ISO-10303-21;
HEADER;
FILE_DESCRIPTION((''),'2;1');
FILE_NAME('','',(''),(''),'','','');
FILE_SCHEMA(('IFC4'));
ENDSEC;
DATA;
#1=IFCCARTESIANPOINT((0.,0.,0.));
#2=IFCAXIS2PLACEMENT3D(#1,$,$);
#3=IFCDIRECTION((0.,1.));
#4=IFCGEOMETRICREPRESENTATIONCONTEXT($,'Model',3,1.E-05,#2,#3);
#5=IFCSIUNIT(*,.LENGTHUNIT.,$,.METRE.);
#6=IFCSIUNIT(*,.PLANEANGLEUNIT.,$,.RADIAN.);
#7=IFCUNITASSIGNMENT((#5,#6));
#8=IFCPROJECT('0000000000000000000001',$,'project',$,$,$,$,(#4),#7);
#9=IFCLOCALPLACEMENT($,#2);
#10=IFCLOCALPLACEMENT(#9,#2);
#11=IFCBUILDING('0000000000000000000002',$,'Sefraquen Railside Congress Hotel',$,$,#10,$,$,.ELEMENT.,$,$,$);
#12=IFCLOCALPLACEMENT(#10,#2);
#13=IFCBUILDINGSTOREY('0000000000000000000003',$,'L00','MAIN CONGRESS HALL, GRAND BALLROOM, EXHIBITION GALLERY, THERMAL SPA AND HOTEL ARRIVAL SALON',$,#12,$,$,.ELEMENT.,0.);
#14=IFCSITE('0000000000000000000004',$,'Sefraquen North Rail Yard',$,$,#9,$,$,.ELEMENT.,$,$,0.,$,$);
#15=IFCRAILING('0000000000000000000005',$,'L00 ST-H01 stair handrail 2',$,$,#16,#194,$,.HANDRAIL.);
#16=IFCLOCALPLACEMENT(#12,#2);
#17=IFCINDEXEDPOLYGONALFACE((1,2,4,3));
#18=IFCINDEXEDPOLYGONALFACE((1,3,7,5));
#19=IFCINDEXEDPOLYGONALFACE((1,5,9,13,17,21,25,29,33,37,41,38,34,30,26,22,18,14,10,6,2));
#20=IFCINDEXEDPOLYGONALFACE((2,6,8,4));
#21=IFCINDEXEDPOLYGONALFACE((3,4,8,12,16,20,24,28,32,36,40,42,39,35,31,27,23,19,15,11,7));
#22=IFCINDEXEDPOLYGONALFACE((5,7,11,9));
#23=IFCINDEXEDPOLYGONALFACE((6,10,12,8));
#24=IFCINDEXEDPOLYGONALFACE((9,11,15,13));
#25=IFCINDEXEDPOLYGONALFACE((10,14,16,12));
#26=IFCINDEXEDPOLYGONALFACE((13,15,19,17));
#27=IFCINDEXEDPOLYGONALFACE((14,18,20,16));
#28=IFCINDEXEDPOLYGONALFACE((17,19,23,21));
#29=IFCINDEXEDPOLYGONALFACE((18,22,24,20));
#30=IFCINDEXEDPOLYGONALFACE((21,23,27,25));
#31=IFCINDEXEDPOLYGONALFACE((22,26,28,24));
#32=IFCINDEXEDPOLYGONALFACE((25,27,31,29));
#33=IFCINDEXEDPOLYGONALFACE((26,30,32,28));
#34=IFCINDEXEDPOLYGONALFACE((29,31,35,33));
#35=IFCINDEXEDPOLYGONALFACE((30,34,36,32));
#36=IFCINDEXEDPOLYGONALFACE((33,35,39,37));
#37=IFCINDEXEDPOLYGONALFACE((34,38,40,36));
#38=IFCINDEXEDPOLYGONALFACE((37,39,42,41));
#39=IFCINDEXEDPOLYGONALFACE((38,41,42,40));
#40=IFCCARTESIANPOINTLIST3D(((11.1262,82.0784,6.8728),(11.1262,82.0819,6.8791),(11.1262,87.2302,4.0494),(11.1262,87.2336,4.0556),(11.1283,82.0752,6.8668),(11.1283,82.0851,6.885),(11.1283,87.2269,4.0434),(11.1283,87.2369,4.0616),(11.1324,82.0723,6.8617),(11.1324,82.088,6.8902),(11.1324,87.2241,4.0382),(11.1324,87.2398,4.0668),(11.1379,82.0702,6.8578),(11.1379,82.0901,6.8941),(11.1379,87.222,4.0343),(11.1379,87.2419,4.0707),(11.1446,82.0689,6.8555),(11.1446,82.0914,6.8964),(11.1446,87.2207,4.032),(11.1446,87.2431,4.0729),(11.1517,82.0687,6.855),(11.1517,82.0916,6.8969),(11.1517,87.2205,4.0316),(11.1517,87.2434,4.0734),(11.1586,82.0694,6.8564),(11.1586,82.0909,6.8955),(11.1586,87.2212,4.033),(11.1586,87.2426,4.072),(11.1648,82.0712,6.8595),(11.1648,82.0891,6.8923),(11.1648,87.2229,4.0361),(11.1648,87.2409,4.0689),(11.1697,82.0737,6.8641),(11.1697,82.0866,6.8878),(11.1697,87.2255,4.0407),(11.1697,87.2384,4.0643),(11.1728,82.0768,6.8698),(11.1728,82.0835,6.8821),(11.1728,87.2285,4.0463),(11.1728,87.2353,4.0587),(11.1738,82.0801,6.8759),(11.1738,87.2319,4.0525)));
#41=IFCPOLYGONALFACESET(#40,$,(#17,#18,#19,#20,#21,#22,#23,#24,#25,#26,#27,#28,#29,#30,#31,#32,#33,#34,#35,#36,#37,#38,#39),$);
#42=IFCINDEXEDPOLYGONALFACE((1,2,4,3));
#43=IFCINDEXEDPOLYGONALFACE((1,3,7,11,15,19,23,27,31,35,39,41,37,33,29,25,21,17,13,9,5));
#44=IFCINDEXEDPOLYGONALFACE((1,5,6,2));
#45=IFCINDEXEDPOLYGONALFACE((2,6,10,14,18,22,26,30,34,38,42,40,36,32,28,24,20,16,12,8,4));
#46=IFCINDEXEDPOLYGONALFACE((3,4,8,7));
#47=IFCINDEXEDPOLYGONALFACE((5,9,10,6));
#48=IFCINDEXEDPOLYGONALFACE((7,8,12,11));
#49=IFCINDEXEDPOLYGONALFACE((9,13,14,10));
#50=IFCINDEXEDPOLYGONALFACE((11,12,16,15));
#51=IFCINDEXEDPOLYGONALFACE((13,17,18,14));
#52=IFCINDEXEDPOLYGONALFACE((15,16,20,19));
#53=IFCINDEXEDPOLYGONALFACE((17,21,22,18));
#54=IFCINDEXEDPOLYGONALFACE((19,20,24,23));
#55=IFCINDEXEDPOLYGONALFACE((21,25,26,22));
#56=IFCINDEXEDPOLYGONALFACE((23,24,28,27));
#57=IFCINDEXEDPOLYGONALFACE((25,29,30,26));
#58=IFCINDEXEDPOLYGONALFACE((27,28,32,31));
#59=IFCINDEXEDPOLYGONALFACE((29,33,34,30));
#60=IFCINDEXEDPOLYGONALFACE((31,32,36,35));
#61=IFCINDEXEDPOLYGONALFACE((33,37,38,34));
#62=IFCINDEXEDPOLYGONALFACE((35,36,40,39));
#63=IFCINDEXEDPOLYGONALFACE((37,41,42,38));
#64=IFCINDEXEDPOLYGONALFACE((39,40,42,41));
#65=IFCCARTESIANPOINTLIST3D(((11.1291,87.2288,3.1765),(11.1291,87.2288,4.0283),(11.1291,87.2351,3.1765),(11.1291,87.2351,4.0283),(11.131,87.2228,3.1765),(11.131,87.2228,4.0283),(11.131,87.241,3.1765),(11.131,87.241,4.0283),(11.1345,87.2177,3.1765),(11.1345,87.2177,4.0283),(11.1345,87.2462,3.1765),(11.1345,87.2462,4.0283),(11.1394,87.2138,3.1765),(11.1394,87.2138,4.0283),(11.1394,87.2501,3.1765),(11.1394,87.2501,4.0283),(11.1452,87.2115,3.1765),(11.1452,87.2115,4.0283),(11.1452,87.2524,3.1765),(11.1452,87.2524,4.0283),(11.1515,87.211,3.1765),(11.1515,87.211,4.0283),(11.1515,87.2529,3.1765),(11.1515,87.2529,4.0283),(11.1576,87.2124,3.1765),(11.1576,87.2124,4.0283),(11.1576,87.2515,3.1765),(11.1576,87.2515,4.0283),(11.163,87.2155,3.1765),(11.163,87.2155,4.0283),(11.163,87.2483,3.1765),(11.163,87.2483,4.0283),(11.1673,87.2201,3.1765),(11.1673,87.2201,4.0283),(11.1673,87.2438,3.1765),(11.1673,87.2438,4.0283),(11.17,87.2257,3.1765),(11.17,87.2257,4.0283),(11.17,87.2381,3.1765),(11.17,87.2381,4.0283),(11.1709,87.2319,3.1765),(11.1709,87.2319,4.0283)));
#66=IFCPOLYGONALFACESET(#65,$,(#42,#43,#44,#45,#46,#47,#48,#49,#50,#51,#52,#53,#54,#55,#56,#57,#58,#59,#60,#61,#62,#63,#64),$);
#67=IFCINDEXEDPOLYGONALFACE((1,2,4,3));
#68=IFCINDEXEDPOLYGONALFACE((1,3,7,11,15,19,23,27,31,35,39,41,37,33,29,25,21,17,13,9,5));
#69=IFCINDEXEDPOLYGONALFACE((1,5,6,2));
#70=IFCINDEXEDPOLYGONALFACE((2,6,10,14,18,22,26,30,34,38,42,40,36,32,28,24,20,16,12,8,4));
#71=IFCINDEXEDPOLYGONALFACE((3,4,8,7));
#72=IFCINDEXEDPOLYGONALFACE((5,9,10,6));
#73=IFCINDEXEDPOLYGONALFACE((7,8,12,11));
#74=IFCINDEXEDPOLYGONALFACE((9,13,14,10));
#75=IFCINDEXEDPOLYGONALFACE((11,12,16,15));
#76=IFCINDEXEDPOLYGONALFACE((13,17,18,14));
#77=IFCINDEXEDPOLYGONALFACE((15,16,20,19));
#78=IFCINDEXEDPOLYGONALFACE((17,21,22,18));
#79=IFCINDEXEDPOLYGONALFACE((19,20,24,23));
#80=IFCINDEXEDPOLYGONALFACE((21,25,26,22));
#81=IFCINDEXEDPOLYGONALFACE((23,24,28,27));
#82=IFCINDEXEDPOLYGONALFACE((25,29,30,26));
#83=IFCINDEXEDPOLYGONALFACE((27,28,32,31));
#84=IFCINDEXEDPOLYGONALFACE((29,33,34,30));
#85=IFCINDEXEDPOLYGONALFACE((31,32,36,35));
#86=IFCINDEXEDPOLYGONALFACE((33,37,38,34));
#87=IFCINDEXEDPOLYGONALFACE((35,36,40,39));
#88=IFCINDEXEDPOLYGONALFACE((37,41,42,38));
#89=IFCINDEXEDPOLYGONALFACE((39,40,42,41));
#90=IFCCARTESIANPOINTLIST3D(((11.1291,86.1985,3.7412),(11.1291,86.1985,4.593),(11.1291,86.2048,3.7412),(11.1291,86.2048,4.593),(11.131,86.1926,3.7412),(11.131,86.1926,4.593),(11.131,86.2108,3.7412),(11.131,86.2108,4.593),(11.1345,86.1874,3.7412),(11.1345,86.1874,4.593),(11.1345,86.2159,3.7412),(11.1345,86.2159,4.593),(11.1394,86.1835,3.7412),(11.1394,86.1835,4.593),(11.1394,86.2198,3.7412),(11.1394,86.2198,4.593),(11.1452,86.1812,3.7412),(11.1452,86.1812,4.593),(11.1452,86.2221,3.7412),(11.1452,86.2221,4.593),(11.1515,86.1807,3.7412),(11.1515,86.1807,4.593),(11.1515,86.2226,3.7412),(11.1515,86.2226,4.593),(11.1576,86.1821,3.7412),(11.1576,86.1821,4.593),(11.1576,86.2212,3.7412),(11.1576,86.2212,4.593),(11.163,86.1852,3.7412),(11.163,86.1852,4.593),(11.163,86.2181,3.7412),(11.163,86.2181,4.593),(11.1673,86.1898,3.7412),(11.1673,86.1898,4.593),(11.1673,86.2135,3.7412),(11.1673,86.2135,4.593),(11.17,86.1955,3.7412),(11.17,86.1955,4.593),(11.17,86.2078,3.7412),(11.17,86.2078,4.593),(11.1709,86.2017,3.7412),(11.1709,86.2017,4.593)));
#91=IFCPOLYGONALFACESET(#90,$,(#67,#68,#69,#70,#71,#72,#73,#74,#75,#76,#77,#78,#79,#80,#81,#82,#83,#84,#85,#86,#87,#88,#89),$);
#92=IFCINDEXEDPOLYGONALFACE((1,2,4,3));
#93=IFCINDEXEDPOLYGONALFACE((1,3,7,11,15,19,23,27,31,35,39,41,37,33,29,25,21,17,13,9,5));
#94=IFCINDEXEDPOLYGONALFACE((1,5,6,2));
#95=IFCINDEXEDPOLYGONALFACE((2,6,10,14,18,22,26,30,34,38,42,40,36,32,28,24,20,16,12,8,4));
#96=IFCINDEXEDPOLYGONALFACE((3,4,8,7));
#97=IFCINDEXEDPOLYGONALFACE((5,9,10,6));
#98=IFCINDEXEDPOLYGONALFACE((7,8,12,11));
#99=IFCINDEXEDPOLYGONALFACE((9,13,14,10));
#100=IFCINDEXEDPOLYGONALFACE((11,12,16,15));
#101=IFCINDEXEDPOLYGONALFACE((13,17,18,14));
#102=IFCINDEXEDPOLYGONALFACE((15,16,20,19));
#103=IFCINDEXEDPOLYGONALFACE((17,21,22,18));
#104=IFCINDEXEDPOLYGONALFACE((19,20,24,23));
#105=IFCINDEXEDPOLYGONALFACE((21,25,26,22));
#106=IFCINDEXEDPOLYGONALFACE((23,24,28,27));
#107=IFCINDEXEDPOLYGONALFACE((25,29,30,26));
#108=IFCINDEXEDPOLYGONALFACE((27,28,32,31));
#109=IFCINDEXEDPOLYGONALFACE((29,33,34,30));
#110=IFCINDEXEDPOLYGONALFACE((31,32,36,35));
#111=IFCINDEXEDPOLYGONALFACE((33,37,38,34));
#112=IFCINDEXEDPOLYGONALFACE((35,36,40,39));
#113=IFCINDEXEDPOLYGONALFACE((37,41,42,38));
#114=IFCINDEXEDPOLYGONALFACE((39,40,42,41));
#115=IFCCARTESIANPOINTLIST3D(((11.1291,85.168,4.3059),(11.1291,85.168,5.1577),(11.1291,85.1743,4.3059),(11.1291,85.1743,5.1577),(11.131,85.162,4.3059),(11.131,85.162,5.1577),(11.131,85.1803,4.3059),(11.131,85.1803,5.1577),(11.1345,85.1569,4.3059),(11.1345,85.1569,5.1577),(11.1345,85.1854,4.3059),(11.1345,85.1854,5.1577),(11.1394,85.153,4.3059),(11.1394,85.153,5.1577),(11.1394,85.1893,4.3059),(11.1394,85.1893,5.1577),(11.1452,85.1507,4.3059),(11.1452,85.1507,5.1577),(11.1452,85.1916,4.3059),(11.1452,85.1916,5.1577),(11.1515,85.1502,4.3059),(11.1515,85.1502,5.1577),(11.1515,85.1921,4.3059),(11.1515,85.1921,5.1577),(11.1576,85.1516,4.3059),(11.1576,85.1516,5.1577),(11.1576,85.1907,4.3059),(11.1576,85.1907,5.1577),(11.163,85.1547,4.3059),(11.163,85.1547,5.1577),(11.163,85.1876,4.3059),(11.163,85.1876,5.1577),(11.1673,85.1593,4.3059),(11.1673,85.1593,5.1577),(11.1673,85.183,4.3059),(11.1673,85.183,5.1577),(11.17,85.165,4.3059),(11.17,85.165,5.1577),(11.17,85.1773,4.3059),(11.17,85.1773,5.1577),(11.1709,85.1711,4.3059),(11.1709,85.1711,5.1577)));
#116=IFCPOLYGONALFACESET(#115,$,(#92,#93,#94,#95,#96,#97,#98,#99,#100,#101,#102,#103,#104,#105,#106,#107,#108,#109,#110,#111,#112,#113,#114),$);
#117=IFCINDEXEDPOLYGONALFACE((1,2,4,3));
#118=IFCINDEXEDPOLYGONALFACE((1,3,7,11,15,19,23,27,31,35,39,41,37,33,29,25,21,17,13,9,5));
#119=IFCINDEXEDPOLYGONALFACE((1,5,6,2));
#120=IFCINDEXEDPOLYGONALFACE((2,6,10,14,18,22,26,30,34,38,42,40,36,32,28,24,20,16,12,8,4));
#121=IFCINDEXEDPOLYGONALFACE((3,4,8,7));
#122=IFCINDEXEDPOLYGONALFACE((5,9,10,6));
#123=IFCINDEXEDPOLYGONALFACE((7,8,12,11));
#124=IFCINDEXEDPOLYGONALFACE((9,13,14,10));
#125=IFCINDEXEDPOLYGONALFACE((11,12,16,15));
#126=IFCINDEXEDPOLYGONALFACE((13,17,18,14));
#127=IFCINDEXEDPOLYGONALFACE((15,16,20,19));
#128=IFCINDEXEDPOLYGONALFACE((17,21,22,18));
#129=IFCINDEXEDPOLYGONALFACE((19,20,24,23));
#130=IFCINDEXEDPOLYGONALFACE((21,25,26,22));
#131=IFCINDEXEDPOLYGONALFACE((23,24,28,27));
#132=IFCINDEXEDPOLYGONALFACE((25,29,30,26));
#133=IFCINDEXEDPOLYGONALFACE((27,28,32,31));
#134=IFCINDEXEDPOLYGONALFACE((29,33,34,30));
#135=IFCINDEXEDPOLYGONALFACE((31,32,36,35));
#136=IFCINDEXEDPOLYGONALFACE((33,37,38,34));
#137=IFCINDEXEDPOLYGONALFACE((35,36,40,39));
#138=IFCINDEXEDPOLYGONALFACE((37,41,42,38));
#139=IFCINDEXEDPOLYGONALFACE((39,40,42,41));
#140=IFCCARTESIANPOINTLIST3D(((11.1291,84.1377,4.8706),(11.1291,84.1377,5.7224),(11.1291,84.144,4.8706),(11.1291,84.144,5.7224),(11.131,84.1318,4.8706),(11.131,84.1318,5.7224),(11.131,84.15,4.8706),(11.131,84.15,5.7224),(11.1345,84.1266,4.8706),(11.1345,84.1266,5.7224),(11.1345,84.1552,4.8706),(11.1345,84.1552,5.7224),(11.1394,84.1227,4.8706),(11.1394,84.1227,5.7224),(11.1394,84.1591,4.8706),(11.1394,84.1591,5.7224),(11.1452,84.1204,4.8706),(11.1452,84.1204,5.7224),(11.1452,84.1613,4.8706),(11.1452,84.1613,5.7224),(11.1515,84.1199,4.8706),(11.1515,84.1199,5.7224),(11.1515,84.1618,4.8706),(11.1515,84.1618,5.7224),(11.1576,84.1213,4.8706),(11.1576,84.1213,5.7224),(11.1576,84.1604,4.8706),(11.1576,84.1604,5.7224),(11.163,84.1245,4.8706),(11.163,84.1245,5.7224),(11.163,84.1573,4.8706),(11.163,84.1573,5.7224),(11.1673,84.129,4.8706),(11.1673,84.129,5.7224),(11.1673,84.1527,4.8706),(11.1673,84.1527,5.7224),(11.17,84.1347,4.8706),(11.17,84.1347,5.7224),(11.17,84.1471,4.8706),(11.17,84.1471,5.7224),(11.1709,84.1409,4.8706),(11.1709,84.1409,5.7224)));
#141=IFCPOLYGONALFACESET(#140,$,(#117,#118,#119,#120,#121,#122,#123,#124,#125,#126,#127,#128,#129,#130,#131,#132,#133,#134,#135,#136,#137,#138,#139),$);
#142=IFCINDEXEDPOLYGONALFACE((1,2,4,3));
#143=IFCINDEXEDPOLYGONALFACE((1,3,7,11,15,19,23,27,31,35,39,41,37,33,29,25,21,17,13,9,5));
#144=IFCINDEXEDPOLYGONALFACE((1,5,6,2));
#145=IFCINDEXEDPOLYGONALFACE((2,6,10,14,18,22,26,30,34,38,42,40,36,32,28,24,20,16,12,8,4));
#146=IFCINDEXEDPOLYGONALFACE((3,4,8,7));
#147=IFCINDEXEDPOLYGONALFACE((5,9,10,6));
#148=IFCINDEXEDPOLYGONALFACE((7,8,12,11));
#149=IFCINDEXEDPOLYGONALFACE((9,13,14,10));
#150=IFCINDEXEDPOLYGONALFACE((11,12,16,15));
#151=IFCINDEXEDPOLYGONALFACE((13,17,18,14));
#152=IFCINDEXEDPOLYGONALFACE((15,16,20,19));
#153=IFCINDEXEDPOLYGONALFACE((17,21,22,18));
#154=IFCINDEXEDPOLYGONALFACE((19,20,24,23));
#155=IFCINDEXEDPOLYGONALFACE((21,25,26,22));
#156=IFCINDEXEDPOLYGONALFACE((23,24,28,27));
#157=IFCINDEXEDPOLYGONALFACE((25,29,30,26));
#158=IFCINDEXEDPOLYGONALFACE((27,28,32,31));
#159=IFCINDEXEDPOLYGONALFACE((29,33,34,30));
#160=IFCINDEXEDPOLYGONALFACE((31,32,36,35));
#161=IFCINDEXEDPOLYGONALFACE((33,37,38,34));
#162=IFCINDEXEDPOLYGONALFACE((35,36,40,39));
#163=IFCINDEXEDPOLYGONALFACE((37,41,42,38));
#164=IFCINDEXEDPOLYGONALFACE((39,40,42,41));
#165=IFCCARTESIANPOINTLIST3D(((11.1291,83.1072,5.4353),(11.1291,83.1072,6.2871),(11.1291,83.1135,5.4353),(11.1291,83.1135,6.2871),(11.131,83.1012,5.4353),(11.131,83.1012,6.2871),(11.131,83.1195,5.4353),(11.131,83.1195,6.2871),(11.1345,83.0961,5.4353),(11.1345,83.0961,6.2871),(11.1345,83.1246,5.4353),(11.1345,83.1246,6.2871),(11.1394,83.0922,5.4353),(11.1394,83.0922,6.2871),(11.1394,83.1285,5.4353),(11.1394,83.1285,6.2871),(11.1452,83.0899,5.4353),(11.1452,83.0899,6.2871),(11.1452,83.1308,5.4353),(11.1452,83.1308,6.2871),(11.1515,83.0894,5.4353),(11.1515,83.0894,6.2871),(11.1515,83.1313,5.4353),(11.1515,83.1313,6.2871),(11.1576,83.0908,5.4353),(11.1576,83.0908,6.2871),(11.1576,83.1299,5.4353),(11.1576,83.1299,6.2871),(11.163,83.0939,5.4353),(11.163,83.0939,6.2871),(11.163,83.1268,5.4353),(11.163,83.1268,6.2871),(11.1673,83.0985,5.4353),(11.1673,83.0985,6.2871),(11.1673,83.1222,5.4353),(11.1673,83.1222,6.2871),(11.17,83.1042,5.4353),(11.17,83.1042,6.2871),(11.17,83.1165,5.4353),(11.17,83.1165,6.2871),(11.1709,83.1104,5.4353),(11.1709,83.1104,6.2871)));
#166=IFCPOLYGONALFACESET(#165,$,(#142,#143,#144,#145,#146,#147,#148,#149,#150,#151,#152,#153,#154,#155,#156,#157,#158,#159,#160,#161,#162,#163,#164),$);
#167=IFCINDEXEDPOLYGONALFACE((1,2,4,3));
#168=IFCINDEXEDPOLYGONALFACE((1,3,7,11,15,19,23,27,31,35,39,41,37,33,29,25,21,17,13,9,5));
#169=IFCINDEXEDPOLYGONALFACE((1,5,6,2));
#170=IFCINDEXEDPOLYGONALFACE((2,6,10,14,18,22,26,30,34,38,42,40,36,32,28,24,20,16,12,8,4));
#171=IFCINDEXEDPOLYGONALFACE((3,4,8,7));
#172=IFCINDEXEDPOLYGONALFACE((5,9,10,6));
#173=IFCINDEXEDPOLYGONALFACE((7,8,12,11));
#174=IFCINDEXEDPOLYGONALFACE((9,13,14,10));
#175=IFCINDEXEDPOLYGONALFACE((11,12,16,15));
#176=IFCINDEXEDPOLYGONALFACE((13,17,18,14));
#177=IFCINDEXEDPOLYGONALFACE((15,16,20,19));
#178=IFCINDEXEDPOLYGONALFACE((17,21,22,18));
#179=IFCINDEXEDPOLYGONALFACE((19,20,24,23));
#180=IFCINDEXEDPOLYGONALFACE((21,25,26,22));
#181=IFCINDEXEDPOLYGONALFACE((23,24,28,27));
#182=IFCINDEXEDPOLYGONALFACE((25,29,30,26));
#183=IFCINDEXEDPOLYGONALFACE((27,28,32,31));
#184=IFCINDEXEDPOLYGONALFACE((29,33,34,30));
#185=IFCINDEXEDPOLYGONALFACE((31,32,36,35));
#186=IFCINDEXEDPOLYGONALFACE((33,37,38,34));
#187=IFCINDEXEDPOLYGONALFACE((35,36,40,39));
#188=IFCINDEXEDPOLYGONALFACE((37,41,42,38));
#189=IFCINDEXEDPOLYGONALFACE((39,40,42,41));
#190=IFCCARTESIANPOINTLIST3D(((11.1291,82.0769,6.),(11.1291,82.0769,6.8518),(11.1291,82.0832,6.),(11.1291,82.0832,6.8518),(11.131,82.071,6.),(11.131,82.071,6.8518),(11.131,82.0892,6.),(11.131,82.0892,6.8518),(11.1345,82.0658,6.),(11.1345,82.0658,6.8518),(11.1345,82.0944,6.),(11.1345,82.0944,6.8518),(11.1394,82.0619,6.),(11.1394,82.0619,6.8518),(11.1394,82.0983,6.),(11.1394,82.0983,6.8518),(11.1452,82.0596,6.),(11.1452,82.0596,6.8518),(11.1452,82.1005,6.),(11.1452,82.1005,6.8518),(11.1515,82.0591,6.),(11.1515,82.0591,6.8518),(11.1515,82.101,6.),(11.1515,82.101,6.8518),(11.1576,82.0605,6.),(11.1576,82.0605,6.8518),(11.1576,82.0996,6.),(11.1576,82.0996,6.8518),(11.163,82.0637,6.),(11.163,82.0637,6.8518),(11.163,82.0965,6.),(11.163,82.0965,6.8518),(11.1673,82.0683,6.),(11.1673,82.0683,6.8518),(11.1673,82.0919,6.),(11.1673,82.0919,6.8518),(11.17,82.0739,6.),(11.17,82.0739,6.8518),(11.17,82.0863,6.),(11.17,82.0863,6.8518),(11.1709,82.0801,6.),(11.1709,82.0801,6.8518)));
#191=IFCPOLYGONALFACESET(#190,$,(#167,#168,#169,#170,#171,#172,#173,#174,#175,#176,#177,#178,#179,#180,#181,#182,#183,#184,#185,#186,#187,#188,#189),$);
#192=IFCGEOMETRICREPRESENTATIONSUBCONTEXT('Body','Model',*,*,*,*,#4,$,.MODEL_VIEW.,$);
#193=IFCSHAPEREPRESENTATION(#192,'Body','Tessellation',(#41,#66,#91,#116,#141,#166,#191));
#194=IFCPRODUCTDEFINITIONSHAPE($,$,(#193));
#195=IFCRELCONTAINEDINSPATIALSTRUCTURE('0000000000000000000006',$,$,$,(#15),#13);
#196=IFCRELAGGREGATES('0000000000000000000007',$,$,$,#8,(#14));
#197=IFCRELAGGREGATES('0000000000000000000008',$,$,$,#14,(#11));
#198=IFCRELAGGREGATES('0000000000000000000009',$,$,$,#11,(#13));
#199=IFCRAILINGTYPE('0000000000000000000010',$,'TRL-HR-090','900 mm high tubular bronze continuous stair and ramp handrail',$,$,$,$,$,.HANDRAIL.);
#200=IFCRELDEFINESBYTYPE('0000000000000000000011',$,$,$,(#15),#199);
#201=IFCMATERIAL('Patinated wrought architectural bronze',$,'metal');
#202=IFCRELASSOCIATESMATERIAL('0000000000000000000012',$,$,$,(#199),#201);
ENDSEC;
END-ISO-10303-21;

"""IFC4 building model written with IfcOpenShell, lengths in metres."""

from ifc_helpers import new_model, si_unit, direction, frame, origin, origin_2d, place, context, subcontext, project, spatial, circle, extrude, material, type_object, element, save


model = new_model("IFC4")

# Units and contexts
model_context = context("Model", 3, precision=1e-05, world=origin(), true_north=direction((0.0, 1.0)))
body_context = subcontext(model_context, "Body", "Model", "MODEL_VIEW")
ifc_project = project(units=[si_unit("LENGTHUNIT", "METRE"), si_unit("PLANEANGLEUNIT", "RADIAN")], contexts=[model_context])

# Site, building, storey
site_placement = place(None, origin())
site = spatial("IfcSite", under=ifc_project, at=site_placement, Name="Sefraquen North Rail Yard", CompositionType="ELEMENT", RefElevation=0.0)
building_placement = place(site_placement, origin())
building = spatial("IfcBuilding", under=site, at=building_placement, Name="Sefraquen Railside Congress Hotel", CompositionType="ELEMENT")
storey_placement = place(building_placement, origin())
storey = spatial("IfcBuildingStorey", under=building, at=storey_placement, Name="L00", Description="MAIN CONGRESS HALL, GRAND BALLROOM, EXHIBITION GALLERY, THERMAL SPA AND HOTEL ARRIVAL SALON", CompositionType="ELEMENT", Elevation=0.0)

# Railing
ifc_material_1 = material(Name="Patinated wrought architectural bronze", Category="metal")
railing_type_1 = type_object("IfcRailingType", Name="TRL-HR-090", Description="900 mm high tubular bronze continuous stair and ramp handrail", PredefinedType="HANDRAIL", material=ifc_material_1)
railing_1_placement = place(storey_placement, frame((11.1499, 87.2319, 3.1765)))
element("IfcRailing", 1, at=railing_1_placement, inside=storey, type_object=railing_type_1, Name="L00 ST-H01 stair handrail 2", PredefinedType="HANDRAIL", context=body_context, shape_type="SweptSolid", body=[
    extrude(circle(Radius=0.0239, at=origin_2d()), frame((0.0, 0.0, 0.876), z_axis=(0.0, -0.876936, 0.480607), x_axis=(1.0, 0.0, 0.0)), (0.0, 0.0, 1.0), 5.8748),
    extrude(circle(Radius=0.021, at=origin_2d()), origin(), (0.0, 0.0, 1.0), 0.8518),
    extrude(circle(Radius=0.021, at=origin_2d()), frame((0.0, -1.0303, 0.5647)), (0.0, 0.0, 1.0), 0.8518),
    extrude(circle(Radius=0.021, at=origin_2d()), frame((0.0, -2.0608, 1.1294)), (0.0, 0.0, 1.0), 0.8518),
    extrude(circle(Radius=0.021, at=origin_2d()), frame((0.0, -3.0911, 1.6941)), (0.0, 0.0, 1.0), 0.8518),
    extrude(circle(Radius=0.021, at=origin_2d()), frame((0.0, -4.1216, 2.2588)), (0.0, 0.0, 1.0), 0.8518),
    extrude(circle(Radius=0.021, at=origin_2d()), frame((0.0, -5.1519, 2.8235)), (0.0, 0.0, 1.0), 0.8518),
])

save(model, "model.ifc")
